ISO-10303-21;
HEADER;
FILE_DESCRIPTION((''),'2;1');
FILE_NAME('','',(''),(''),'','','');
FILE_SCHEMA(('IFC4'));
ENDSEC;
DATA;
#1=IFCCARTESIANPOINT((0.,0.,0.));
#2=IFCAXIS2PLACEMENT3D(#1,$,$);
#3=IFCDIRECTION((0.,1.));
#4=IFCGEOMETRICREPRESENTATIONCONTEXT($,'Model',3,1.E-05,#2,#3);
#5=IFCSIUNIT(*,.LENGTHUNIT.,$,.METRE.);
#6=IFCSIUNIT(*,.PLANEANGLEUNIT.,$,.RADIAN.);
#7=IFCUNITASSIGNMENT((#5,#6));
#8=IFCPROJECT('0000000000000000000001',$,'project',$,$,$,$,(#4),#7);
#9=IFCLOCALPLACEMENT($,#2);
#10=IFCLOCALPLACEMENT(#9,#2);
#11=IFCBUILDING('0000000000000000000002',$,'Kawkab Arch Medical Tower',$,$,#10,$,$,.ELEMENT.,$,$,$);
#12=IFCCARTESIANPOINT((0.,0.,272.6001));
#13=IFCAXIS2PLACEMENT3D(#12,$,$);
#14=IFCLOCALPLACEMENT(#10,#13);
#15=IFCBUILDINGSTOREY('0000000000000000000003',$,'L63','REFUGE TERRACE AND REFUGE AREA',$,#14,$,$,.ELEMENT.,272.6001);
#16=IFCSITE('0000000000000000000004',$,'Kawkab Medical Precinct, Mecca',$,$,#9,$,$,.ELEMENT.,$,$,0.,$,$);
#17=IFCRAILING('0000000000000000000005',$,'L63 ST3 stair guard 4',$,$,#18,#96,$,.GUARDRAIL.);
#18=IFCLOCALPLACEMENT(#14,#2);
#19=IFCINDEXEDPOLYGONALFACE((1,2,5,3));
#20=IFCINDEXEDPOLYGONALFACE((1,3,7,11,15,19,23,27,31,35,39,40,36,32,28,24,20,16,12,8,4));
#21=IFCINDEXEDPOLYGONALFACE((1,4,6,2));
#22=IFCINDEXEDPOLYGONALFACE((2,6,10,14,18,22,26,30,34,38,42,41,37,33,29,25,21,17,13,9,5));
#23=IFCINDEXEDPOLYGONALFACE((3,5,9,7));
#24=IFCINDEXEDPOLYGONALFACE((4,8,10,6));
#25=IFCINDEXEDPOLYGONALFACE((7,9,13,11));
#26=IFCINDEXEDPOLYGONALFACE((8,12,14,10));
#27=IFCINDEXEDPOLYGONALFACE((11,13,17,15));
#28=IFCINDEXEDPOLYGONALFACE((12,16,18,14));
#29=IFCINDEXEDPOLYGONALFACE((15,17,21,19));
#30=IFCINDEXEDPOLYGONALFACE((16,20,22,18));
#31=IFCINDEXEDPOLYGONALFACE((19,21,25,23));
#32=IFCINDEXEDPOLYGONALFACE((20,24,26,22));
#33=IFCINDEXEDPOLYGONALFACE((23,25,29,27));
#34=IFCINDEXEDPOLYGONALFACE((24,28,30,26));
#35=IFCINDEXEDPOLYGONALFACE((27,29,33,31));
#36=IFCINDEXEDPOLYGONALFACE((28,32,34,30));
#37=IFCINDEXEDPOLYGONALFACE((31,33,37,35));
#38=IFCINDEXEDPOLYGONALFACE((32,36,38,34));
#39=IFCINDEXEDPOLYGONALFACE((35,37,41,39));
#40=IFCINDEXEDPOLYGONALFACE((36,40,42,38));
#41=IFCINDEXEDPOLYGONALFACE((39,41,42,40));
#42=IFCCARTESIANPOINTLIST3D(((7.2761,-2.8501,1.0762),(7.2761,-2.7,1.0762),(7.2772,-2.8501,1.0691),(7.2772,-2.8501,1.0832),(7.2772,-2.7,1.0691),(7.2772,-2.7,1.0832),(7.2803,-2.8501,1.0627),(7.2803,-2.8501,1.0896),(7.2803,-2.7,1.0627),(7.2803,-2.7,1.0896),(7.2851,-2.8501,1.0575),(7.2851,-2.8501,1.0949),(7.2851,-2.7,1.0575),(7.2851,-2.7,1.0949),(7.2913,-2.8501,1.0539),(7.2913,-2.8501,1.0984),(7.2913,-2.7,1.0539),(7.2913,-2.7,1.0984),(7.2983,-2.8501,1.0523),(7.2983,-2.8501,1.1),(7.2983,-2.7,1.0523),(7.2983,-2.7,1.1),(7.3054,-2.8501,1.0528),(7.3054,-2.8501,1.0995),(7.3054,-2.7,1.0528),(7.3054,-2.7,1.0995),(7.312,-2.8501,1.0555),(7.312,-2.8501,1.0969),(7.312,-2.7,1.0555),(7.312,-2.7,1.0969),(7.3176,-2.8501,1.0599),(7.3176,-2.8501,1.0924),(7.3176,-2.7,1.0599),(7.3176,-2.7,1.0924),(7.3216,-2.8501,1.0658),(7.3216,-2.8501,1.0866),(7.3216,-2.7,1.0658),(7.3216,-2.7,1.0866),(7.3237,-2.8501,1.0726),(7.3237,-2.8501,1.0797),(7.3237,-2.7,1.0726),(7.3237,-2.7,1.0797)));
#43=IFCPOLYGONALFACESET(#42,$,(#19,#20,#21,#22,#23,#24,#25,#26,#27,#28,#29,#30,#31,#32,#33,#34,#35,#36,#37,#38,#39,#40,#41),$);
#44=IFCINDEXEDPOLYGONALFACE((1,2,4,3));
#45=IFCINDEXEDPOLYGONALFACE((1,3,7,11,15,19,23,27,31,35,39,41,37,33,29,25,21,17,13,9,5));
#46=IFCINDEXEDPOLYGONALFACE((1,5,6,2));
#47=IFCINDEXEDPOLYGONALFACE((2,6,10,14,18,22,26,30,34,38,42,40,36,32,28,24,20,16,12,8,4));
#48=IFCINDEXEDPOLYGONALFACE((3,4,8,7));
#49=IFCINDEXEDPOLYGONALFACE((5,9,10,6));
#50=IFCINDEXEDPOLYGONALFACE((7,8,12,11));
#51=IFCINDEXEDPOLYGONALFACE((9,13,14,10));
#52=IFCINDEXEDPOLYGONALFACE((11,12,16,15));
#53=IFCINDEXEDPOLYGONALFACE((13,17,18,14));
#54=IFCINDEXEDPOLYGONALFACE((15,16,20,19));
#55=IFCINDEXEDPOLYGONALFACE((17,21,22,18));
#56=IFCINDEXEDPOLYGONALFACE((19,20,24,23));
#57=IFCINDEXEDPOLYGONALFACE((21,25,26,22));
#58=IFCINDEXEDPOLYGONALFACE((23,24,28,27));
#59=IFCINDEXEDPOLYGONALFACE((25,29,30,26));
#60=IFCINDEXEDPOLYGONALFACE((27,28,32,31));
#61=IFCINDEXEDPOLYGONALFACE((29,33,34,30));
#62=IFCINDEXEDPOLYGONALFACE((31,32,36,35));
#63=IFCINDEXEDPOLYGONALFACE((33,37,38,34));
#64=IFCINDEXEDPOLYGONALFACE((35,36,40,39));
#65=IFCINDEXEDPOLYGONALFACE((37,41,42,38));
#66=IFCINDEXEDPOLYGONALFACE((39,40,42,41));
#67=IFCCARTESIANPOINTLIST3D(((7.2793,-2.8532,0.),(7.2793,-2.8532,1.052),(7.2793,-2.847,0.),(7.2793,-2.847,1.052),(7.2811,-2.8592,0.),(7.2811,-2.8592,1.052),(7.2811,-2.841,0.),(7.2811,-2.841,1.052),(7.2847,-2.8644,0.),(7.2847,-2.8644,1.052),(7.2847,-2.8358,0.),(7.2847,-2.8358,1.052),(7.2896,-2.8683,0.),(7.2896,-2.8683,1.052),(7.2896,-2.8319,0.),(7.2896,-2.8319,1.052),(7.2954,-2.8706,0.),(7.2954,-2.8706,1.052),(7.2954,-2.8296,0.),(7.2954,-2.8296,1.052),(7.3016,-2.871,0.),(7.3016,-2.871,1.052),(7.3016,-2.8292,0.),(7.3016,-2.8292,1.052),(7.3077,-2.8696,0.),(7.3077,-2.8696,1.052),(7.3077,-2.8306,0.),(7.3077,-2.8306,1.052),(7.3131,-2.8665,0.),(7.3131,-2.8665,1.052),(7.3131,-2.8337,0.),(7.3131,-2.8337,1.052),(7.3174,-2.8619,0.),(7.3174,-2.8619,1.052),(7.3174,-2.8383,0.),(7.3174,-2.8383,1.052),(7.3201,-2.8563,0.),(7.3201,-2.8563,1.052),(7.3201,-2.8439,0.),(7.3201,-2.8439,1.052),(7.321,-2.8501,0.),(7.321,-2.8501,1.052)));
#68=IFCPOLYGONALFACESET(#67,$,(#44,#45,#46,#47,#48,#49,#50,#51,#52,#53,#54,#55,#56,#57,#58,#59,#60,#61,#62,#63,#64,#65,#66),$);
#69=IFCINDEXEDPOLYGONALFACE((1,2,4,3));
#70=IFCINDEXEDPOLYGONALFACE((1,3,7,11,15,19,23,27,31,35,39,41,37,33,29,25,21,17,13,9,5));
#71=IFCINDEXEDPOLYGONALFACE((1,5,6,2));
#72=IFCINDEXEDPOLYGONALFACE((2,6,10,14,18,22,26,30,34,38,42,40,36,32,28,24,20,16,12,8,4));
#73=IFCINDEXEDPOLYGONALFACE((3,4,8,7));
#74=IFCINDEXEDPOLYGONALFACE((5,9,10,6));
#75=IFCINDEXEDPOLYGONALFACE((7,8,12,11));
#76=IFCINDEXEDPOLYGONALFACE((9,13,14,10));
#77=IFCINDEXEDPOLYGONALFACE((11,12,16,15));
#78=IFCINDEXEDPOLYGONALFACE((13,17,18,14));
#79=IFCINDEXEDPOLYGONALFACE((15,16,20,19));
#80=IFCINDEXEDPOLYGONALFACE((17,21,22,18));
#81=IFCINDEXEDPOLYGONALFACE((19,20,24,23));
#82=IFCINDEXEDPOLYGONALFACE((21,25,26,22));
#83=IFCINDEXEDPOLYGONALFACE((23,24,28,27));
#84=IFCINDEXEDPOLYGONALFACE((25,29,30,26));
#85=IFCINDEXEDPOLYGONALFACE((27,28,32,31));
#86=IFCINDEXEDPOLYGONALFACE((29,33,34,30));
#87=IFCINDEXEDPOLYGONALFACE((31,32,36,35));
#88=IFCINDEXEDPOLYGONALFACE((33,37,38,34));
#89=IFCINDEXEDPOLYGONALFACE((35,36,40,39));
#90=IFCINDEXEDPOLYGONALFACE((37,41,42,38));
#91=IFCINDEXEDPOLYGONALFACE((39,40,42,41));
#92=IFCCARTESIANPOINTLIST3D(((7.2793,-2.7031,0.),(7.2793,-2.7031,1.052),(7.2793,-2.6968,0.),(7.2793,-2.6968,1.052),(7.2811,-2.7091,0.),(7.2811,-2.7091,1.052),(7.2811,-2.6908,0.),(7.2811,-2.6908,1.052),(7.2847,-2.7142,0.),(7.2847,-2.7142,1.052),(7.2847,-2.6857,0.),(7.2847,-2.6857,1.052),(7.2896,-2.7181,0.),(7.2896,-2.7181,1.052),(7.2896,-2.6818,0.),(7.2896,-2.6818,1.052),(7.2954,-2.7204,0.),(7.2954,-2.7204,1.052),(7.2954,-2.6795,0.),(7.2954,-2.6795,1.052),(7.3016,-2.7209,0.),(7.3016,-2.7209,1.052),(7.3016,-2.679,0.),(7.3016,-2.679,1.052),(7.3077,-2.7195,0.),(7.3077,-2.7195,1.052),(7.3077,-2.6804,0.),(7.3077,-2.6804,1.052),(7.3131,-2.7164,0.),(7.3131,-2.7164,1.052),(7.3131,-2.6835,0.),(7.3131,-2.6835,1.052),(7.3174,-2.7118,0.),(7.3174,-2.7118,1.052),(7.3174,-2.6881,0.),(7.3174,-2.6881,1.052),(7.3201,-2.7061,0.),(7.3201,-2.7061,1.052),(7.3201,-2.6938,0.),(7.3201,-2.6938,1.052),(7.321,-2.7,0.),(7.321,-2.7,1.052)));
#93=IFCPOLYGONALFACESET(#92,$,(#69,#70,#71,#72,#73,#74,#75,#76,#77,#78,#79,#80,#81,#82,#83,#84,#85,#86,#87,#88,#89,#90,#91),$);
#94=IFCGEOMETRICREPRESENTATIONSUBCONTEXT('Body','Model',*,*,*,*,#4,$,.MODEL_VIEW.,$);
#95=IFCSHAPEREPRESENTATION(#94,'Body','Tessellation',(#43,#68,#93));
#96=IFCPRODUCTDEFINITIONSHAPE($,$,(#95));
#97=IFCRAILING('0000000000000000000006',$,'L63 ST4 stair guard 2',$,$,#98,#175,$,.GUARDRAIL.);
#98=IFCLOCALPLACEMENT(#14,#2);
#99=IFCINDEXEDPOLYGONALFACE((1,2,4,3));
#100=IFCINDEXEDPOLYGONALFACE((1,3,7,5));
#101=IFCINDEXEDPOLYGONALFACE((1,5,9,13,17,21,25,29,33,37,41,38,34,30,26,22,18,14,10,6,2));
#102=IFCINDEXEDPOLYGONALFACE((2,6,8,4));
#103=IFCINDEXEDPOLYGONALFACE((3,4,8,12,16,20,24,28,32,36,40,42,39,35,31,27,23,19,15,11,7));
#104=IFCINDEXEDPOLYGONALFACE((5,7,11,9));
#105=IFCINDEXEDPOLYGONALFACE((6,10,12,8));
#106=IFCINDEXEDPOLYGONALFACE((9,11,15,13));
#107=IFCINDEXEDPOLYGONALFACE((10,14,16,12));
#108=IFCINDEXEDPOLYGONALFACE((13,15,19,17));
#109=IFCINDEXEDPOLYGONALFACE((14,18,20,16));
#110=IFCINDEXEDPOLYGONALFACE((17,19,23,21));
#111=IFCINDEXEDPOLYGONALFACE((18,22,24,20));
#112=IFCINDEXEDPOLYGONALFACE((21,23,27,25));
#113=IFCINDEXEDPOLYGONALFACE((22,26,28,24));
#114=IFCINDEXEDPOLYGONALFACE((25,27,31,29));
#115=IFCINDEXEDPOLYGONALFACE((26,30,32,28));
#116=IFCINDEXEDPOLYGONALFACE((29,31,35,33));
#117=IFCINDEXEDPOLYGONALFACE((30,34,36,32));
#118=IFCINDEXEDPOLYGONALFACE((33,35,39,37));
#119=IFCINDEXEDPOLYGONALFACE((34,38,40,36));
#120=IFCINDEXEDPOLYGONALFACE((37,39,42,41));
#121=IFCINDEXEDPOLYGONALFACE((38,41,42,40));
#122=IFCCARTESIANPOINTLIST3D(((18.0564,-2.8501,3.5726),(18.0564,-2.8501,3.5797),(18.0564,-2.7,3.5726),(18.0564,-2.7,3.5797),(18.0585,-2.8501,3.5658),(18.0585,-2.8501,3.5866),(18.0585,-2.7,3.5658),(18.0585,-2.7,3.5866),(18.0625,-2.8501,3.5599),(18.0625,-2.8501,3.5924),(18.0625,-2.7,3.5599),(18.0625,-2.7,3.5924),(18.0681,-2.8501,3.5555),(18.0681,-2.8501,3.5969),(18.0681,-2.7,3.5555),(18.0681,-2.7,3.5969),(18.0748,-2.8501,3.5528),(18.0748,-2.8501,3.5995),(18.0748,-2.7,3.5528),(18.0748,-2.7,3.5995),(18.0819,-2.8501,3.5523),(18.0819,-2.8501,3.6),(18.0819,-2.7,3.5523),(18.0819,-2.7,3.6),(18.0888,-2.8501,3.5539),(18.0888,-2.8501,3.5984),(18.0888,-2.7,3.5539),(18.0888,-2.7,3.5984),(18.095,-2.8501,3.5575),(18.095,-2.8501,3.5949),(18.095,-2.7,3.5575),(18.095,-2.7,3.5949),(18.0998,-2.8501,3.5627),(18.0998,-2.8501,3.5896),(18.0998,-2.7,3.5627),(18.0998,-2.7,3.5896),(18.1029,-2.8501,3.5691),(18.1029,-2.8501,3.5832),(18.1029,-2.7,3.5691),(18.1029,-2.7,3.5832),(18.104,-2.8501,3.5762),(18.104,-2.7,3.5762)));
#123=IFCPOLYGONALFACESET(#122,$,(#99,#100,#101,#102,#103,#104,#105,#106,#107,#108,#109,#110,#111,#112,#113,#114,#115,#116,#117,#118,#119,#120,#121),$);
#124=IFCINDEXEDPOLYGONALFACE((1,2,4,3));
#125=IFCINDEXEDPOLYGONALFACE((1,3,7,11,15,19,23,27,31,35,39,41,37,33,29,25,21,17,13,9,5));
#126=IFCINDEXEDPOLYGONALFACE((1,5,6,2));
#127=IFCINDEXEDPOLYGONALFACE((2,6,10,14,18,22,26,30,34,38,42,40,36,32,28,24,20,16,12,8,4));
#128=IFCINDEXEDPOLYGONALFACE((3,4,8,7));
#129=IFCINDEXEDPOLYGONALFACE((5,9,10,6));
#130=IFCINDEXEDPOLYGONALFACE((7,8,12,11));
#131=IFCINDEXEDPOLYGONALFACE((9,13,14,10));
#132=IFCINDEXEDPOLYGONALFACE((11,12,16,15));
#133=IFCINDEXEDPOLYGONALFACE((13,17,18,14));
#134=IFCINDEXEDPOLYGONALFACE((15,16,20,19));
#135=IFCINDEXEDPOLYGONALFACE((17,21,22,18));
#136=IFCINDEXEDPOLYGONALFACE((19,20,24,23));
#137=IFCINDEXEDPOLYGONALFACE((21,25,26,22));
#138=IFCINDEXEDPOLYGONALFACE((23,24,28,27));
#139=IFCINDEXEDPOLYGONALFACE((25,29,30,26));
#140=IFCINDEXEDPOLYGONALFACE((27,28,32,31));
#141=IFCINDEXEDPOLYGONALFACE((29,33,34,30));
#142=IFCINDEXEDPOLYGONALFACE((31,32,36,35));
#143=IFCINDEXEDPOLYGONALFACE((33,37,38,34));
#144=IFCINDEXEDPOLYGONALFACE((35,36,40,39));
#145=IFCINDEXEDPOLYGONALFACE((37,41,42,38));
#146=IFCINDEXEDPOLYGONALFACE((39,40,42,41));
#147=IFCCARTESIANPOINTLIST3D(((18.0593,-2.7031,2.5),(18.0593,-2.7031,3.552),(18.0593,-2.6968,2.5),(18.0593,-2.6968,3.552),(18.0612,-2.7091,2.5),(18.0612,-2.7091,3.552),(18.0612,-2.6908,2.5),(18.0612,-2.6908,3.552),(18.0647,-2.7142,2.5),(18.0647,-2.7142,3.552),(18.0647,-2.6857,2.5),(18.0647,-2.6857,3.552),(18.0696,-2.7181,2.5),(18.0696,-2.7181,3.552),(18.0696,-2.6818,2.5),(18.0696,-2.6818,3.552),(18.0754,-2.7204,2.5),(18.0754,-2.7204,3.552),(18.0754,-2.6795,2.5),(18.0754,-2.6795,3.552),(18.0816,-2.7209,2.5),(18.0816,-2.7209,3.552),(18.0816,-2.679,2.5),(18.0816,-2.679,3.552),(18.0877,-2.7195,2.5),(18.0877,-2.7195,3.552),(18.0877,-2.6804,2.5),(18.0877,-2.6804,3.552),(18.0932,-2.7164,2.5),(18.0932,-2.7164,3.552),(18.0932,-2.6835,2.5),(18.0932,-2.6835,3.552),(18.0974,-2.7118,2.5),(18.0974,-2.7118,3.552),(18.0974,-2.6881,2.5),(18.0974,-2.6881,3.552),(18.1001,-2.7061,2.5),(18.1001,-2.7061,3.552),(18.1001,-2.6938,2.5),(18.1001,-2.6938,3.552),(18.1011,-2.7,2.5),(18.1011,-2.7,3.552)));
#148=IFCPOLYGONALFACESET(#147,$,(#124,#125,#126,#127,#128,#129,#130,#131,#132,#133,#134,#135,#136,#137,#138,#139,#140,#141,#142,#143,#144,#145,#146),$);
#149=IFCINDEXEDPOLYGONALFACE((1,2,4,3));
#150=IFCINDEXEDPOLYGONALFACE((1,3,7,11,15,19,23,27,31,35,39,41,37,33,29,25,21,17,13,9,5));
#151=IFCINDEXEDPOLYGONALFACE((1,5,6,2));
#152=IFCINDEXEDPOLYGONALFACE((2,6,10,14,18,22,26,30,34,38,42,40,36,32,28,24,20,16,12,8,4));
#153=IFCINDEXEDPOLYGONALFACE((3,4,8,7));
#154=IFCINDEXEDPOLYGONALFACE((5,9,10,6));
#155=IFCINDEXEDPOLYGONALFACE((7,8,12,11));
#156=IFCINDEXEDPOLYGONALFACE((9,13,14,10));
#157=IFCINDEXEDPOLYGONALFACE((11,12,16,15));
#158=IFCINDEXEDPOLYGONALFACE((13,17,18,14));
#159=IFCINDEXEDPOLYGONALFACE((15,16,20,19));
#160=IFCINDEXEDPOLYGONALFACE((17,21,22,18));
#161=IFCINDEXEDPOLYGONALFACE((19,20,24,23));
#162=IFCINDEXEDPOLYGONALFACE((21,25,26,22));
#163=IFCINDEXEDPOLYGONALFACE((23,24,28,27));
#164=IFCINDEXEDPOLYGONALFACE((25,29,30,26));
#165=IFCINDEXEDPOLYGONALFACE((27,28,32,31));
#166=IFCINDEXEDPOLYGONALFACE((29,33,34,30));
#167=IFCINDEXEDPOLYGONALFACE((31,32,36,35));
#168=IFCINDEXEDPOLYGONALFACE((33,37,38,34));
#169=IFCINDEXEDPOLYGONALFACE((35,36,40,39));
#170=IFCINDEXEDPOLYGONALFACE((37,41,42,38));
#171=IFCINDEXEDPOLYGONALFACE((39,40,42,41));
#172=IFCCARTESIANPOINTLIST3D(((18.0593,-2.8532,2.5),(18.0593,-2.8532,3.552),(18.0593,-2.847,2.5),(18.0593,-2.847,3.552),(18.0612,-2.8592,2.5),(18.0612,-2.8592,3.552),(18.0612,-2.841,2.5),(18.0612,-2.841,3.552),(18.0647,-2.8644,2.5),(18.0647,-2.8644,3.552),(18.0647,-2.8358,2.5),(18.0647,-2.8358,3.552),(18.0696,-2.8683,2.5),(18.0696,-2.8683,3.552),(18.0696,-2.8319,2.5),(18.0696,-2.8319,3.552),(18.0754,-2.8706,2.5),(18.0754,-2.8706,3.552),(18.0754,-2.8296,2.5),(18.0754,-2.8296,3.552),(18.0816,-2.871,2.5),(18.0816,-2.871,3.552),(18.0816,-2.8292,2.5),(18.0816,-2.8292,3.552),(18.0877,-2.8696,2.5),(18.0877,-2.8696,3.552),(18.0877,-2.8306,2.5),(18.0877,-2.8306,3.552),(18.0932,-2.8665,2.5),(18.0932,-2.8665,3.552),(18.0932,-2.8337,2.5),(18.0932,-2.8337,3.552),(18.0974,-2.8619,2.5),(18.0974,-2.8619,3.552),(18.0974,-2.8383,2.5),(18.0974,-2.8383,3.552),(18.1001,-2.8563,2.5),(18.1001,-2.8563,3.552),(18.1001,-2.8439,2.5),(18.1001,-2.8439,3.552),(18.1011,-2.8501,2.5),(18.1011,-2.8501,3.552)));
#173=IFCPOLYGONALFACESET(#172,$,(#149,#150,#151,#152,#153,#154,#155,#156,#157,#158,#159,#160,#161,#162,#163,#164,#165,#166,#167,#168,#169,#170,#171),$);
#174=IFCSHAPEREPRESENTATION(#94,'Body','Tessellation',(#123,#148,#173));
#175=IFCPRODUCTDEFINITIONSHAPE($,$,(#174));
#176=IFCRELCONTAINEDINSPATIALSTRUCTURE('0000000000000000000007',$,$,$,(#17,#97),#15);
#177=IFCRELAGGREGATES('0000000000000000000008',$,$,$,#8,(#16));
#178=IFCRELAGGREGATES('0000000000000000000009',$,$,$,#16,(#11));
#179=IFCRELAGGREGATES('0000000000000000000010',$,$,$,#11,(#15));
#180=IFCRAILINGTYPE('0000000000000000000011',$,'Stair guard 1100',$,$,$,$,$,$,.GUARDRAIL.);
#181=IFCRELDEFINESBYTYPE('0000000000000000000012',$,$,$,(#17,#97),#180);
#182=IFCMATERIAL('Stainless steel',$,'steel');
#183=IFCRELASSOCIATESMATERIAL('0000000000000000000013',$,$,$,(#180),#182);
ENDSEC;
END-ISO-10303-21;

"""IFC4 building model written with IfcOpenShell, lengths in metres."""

from ifc_helpers import new_model, si_unit, direction, frame, origin, origin_2d, place, context, subcontext, project, spatial, circle, extrude, material, type_object, element, save


model = new_model("IFC4")

# Units and contexts
model_context = context("Model", 3, precision=1e-05, world=origin(), true_north=direction((0.0, 1.0)))
body_context = subcontext(model_context, "Body", "Model", "MODEL_VIEW")
ifc_project = project(units=[si_unit("LENGTHUNIT", "METRE"), si_unit("PLANEANGLEUNIT", "RADIAN")], contexts=[model_context])

# Site, building, storey
site_placement = place(None, origin())
site = spatial("IfcSite", under=ifc_project, at=site_placement, Name="Kawkab Medical Precinct, Mecca", CompositionType="ELEMENT", RefElevation=0.0)
building_placement = place(site_placement, origin())
building = spatial("IfcBuilding", under=site, at=building_placement, Name="Kawkab Arch Medical Tower", CompositionType="ELEMENT")
storey_placement = place(building_placement, frame((0.0, 0.0, 272.6001)))
storey = spatial("IfcBuildingStorey", under=building, at=storey_placement, Name="L63", Description="REFUGE TERRACE AND REFUGE AREA", CompositionType="ELEMENT", Elevation=272.6001)

# Railings
ifc_material_1 = material(Name="Stainless steel", Category="steel")
railing_type = type_object("IfcRailingType", Name="Stair guard 1100", PredefinedType="GUARDRAIL", material=ifc_material_1)
railing_1_placement = place(storey_placement, frame((7.3, -2.8501, 0.0)))
element("IfcRailing", 1, at=railing_1_placement, inside=storey, type_object=railing_type, Name="L63 ST3 stair guard 4", PredefinedType="GUARDRAIL", context=body_context, shape_type="SweptSolid", body=[
    extrude(circle(Radius=0.0239, at=origin_2d()), frame((0.0, 0.0, 1.0762), z_axis=(0.0, 1.0, 0.0), x_axis=(-1.0, 0.0, 0.0)), (0.0, 0.0, 1.0), 0.1501),
    extrude(circle(Radius=0.021, at=origin_2d()), origin(), (0.0, 0.0, 1.0), 1.052),
    extrude(circle(Radius=0.021, at=origin_2d()), frame((0.0, 0.1501, 0.0)), (0.0, 0.0, 1.0), 1.052),
])
railing_2_placement = place(storey_placement, frame((18.0801, -2.7, 2.5)))
element("IfcRailing", 2, at=railing_2_placement, inside=storey, type_object=railing_type, Name="L63 ST4 stair guard 2", PredefinedType="GUARDRAIL", context=body_context, shape_type="SweptSolid", body=[
    extrude(circle(Radius=0.0239, at=origin_2d()), frame((0.0, 0.0, 1.0762), z_axis=(0.0, -1.0, 0.0), x_axis=(1.0, 0.0, 0.0)), (0.0, 0.0, 1.0), 0.1501),
    extrude(circle(Radius=0.021, at=origin_2d()), origin(), (0.0, 0.0, 1.0), 1.052),
    extrude(circle(Radius=0.021, at=origin_2d()), frame((0.0, -0.1501, 0.0)), (0.0, 0.0, 1.0), 1.052),
])

save(model, "model.ifc")
